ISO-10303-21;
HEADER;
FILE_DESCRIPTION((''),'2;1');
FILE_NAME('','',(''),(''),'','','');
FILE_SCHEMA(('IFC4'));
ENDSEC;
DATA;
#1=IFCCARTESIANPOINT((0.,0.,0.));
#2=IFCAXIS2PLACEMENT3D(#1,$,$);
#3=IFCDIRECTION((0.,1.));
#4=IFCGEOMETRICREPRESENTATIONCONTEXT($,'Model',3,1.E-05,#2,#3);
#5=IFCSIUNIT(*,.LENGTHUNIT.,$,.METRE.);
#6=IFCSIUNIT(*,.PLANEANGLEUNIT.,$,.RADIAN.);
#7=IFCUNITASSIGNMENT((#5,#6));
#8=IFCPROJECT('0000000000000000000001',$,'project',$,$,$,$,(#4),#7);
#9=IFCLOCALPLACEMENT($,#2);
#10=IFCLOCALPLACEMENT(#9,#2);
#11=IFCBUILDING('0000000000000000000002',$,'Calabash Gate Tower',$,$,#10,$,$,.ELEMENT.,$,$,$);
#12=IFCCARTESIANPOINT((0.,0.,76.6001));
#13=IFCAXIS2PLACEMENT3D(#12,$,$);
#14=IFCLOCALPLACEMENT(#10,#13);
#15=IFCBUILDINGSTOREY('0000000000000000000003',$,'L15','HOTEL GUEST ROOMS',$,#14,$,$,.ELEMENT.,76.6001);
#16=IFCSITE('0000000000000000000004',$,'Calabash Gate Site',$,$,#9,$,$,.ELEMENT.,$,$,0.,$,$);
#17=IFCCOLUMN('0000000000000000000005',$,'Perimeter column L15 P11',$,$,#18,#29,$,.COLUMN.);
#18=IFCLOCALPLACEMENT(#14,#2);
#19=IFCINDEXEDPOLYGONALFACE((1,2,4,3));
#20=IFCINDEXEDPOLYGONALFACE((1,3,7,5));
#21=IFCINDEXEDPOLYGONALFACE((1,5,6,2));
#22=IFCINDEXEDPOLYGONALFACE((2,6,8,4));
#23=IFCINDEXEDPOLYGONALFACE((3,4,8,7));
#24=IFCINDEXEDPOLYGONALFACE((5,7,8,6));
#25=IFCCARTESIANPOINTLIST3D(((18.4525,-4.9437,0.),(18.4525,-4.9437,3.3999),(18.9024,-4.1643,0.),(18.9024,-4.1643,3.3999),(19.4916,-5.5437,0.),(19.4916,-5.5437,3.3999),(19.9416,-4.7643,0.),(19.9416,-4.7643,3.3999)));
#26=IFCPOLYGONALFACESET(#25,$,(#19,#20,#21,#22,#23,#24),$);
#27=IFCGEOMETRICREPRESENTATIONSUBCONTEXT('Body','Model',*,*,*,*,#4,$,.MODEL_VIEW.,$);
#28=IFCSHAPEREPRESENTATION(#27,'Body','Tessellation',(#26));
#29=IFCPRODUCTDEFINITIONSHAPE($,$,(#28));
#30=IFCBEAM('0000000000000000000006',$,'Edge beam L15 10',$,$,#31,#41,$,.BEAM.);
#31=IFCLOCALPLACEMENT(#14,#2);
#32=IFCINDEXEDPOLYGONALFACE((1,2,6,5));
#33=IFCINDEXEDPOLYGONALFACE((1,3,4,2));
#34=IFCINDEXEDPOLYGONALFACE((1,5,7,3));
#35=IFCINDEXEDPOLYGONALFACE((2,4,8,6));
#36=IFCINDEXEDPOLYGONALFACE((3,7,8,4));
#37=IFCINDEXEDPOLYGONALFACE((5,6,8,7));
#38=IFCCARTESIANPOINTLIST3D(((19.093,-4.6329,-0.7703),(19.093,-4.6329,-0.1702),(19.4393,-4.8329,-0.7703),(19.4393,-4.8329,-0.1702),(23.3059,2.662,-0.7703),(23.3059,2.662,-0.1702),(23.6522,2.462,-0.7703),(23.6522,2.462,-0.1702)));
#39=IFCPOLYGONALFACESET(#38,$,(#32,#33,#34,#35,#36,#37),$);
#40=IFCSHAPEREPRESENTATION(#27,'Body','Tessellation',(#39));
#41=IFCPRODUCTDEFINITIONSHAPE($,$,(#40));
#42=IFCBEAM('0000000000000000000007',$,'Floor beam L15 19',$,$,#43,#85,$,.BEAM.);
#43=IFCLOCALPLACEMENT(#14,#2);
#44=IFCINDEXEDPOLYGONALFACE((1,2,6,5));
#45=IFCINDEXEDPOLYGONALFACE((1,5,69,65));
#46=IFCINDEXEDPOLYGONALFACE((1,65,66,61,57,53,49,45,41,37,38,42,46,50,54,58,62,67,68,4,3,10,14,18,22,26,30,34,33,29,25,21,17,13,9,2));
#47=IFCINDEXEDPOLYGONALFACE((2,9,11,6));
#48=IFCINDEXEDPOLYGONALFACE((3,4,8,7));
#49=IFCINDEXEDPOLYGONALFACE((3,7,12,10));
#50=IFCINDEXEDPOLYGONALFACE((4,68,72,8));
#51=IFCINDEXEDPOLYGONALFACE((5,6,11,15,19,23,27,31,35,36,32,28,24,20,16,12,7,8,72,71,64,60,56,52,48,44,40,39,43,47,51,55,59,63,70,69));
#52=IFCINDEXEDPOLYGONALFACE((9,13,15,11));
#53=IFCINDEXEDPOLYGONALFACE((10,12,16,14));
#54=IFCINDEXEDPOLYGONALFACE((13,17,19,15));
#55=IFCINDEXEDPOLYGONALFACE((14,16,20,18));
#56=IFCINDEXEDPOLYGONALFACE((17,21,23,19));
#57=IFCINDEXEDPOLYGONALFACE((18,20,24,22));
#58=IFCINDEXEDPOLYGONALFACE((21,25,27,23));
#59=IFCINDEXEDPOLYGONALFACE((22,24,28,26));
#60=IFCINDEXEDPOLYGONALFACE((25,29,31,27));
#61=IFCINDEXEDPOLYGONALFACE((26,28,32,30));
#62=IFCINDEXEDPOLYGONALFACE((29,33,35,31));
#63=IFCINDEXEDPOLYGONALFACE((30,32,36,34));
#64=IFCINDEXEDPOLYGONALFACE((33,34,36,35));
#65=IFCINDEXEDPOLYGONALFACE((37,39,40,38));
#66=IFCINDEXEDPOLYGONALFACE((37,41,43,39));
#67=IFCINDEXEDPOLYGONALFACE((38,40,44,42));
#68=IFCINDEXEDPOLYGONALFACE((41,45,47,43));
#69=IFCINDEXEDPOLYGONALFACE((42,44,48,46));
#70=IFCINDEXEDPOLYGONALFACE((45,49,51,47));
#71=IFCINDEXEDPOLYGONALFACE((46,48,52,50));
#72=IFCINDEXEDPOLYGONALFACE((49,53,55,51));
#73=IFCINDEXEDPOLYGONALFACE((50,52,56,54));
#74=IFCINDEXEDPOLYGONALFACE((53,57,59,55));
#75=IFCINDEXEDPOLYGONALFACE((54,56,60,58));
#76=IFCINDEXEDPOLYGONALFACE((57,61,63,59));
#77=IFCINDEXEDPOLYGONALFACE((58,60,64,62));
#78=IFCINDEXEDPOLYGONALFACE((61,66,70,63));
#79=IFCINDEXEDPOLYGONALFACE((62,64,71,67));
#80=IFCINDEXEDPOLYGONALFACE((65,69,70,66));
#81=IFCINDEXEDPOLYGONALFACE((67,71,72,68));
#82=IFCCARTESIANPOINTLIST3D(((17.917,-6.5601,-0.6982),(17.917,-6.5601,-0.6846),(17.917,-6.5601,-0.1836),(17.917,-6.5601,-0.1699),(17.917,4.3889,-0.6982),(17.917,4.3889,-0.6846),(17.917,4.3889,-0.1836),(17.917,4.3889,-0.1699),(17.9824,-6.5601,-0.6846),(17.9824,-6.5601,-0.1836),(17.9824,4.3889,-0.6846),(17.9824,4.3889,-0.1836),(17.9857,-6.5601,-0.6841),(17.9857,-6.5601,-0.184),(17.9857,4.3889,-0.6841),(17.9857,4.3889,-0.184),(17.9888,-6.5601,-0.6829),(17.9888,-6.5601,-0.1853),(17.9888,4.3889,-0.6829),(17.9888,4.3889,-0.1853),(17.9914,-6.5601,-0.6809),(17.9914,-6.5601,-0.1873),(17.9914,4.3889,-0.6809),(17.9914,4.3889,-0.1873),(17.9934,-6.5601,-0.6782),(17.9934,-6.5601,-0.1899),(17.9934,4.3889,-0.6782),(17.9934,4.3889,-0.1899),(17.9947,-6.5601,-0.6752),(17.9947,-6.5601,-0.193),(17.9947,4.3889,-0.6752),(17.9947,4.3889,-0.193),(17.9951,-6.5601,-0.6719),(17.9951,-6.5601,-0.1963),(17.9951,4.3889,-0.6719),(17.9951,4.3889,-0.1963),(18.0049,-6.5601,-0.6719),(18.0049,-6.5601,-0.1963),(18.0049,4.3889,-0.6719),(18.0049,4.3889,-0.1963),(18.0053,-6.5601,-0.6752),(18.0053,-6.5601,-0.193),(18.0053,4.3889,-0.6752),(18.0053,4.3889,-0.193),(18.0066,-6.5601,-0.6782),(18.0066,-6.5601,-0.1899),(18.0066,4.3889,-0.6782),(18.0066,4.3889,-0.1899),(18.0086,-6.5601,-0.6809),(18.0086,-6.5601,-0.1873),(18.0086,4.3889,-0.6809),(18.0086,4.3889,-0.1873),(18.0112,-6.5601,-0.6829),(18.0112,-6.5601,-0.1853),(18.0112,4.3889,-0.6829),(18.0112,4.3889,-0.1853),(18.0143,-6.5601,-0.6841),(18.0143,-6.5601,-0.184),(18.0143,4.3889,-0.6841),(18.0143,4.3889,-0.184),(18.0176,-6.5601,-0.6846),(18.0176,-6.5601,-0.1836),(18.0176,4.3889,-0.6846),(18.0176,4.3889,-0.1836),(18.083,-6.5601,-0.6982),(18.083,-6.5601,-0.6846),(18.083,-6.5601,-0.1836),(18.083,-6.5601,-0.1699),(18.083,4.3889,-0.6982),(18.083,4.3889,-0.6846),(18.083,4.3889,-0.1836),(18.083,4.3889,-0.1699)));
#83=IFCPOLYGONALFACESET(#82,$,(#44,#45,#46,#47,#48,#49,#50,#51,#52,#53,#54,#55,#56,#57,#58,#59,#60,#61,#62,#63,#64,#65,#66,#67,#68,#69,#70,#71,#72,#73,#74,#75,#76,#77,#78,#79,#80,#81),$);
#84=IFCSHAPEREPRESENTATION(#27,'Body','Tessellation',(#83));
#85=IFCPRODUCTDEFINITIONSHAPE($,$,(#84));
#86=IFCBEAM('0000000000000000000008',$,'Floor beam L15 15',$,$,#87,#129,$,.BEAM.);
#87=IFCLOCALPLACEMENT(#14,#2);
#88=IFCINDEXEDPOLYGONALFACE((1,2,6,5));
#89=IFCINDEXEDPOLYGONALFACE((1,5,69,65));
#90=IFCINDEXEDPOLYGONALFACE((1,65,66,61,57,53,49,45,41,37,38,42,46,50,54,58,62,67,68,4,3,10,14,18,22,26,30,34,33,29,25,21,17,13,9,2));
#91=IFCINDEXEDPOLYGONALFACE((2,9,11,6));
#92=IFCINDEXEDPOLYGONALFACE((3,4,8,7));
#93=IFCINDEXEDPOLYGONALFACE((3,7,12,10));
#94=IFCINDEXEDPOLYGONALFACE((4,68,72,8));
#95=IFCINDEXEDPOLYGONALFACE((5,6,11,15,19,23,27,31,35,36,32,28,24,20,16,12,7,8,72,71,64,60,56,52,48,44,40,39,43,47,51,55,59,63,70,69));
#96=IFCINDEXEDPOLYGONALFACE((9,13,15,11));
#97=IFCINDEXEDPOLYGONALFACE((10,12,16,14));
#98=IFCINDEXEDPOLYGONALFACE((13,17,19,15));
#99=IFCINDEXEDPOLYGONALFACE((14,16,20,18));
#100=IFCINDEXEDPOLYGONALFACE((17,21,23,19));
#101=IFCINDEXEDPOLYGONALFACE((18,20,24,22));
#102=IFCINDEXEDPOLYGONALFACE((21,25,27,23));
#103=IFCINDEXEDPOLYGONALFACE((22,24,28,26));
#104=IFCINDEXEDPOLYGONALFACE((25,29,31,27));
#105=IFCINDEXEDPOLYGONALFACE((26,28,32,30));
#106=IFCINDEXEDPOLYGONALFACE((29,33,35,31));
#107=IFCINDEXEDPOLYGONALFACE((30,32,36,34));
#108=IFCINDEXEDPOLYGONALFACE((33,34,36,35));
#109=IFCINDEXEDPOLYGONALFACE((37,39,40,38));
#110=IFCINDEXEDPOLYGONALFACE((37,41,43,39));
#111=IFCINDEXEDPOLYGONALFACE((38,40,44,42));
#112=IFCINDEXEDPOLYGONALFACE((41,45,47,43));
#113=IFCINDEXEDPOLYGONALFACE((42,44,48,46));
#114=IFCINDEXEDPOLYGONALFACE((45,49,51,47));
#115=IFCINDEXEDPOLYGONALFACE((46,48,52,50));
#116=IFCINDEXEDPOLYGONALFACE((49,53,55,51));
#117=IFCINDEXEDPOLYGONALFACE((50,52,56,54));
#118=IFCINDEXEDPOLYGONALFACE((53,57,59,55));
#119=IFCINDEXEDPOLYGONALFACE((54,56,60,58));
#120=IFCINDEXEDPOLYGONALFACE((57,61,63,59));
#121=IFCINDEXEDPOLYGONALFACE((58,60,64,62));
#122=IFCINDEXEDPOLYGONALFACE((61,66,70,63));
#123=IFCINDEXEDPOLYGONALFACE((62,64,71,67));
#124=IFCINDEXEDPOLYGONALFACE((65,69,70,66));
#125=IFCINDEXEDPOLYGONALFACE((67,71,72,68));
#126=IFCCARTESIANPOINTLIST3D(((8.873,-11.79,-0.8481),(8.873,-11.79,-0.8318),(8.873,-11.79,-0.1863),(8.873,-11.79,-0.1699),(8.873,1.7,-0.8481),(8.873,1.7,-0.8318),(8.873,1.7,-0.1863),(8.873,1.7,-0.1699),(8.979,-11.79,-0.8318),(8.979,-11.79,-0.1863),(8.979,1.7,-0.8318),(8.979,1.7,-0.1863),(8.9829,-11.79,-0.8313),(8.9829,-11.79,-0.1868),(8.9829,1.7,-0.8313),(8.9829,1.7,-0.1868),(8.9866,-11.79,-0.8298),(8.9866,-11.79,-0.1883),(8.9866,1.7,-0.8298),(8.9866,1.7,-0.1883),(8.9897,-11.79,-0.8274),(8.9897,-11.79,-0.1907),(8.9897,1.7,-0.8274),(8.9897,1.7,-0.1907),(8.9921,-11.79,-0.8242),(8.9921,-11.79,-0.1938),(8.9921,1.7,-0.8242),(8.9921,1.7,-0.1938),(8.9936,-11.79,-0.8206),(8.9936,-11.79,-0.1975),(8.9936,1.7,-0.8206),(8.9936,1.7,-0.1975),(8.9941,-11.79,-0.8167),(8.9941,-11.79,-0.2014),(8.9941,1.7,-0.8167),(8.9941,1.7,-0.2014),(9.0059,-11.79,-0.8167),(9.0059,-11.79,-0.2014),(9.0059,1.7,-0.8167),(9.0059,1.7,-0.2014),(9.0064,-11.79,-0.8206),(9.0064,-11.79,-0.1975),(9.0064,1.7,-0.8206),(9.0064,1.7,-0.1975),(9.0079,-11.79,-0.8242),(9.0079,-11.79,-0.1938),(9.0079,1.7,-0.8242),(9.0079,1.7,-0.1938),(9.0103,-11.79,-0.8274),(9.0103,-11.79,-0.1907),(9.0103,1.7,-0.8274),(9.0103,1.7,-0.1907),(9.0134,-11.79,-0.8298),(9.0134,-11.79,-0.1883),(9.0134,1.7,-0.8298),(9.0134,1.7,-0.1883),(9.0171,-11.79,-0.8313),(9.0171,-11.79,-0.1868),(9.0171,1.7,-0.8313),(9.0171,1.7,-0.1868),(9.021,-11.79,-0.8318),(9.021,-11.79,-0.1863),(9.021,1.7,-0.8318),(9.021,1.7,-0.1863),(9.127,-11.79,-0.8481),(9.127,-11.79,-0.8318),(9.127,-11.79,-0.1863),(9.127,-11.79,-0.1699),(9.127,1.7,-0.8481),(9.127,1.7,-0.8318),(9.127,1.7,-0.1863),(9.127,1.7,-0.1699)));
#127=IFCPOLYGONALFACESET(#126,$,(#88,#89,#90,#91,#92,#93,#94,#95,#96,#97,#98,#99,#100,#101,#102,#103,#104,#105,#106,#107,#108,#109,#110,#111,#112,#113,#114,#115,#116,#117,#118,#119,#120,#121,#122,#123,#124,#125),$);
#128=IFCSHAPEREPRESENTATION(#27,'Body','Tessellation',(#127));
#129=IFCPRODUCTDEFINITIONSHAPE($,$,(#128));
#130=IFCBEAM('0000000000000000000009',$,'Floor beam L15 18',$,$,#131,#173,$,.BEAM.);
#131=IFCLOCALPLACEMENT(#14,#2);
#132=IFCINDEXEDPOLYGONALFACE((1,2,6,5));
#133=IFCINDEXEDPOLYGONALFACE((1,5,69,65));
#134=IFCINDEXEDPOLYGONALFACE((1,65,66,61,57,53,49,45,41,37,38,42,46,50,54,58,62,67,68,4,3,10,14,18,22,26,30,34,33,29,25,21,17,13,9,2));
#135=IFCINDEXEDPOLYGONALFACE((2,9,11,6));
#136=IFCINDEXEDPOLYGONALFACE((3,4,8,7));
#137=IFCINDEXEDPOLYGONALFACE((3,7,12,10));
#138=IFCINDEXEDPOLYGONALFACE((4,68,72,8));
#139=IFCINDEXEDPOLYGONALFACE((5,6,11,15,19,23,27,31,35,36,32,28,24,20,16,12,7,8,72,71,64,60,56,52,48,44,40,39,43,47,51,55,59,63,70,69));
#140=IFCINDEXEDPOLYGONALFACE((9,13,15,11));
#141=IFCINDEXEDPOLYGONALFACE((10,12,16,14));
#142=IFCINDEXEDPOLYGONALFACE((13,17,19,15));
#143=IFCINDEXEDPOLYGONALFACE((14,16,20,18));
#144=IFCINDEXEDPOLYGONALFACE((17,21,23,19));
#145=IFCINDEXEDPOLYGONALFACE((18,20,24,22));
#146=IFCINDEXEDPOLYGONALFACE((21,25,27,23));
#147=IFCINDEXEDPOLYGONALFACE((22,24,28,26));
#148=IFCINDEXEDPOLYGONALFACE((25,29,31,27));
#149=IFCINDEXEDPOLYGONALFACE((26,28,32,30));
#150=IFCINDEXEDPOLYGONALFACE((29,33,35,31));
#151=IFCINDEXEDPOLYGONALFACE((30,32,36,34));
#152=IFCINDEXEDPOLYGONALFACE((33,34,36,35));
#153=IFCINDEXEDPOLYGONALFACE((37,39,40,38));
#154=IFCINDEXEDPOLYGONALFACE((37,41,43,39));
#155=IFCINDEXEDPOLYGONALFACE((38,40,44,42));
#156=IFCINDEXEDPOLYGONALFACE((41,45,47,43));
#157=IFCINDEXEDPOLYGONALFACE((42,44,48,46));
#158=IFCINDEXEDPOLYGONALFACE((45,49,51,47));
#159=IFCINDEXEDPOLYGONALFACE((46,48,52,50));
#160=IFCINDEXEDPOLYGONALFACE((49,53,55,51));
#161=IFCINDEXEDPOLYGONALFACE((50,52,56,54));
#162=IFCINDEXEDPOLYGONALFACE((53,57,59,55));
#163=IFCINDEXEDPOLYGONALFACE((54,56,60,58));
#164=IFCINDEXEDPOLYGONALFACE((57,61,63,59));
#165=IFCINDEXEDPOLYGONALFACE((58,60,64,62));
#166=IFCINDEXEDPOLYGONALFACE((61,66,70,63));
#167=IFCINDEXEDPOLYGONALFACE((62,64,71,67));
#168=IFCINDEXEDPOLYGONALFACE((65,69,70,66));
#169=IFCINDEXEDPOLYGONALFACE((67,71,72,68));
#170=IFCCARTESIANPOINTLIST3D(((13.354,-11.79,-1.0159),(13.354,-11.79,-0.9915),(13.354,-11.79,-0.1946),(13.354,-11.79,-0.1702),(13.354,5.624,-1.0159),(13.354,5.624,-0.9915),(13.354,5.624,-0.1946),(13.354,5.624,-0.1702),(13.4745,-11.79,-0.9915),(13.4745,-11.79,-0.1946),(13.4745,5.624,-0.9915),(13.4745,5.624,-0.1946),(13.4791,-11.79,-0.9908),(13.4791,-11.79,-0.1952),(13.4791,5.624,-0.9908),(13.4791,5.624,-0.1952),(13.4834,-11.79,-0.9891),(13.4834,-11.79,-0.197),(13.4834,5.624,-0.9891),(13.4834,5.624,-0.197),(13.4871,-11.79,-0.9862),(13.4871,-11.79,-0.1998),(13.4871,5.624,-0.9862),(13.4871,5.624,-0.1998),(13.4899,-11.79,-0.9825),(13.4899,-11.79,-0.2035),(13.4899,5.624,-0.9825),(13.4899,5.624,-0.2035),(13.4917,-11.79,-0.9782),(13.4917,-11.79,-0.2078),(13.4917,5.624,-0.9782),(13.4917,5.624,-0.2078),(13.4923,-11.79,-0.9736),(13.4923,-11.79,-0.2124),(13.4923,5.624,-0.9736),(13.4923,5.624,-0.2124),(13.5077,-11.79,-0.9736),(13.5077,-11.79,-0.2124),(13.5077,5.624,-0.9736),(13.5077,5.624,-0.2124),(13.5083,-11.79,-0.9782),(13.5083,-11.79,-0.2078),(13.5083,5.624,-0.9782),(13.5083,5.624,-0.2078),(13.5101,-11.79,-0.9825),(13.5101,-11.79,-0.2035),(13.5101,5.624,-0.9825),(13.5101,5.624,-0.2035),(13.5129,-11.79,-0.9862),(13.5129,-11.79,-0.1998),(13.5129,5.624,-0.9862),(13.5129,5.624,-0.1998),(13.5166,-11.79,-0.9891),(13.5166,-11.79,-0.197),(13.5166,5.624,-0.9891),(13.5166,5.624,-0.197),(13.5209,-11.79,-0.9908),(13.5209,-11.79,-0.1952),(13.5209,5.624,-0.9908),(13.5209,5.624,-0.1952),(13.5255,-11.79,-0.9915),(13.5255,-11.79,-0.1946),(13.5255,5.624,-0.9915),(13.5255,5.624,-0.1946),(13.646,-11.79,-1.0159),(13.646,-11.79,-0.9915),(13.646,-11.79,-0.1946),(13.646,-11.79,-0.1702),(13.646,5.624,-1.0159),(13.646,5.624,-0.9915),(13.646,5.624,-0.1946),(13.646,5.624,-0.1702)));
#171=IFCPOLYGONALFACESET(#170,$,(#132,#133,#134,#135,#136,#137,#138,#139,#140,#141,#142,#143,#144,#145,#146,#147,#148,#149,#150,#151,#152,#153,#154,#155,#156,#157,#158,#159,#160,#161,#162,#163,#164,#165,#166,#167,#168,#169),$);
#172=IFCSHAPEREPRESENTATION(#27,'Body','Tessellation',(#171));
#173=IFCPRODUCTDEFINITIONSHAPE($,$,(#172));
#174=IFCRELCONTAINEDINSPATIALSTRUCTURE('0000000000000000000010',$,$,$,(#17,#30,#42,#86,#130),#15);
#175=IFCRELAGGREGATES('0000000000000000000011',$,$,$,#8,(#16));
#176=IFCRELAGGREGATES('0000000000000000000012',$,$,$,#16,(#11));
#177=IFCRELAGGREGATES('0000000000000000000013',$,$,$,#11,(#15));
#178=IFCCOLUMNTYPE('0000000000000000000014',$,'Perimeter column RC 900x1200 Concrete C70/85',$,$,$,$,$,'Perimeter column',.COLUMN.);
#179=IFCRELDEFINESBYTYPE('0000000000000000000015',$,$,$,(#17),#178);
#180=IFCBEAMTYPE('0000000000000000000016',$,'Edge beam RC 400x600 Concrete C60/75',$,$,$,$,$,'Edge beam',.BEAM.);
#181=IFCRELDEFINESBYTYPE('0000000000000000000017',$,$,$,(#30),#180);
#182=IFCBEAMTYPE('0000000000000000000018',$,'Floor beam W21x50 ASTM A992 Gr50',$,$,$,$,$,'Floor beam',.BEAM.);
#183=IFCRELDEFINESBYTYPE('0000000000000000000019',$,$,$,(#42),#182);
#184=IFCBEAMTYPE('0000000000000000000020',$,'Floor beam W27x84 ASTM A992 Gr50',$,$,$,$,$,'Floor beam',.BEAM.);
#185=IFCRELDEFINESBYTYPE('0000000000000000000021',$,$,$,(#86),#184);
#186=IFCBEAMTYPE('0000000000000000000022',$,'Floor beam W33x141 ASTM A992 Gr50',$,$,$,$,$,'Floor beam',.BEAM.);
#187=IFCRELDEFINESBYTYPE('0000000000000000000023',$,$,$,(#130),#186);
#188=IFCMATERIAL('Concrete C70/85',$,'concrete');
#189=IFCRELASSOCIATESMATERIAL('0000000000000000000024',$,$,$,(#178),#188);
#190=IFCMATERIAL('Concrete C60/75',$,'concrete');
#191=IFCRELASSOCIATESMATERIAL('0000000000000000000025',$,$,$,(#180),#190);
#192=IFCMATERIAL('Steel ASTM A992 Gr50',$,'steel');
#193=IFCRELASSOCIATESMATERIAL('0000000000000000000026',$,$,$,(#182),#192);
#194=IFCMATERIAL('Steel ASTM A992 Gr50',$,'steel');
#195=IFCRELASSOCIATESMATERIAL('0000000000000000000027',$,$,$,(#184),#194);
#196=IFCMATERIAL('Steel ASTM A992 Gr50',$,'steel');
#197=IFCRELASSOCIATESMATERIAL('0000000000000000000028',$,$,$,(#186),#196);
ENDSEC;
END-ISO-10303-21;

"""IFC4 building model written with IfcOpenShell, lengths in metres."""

from ifc_helpers import new_model, si_unit, direction, frame, origin, origin_2d, place, context, subcontext, project, spatial, rectangle, i_section, extrude, material, material_profile, profile_set, type_object, element, save


model = new_model("IFC4")

# Units and contexts
model_context = context("Model", 3, precision=1e-05, world=origin(), true_north=direction((0.0, 1.0)))
body_context = subcontext(model_context, "Body", "Model", "MODEL_VIEW")
ifc_project = project(units=[si_unit("LENGTHUNIT", "METRE"), si_unit("PLANEANGLEUNIT", "RADIAN")], contexts=[model_context])

# Site, building, storey
site_placement = place(None, origin())
site = spatial("IfcSite", under=ifc_project, at=site_placement, Name="Calabash Gate Site", CompositionType="ELEMENT", RefElevation=0.0)
building_placement = place(site_placement, origin())
building = spatial("IfcBuilding", under=site, at=building_placement, Name="Calabash Gate Tower", CompositionType="ELEMENT")
storey_placement = place(building_placement, frame((0.0, 0.0, 76.6001)))
storey = spatial("IfcBuildingStorey", under=building, at=storey_placement, Name="L15", Description="HOTEL GUEST ROOMS", CompositionType="ELEMENT", Elevation=76.6001)

# Column
ifc_material_1 = material(Name="Concrete C70/85", Category="concrete")
ifc_material_profile_1 = material_profile(ifc_material_1, rectangle(XDim=0.8999, YDim=1.2, at=origin_2d()))
ifc_profile_set_1 = profile_set([ifc_material_profile_1], Name="Concrete C70/85")
column_type = type_object("IfcColumnType", Name="Perimeter column RC 900x1200 Concrete C70/85", ElementType="Perimeter column", PredefinedType="COLUMN", material=ifc_profile_set_1)
column_placement = place(storey_placement, frame((19.197, -4.854, 0.0), z_axis=(0.0, 0.0, 1.0), x_axis=(0.5, 0.866025, 0.0)))
element("IfcColumn", 1, at=column_placement, inside=storey, type_object=column_type, Name="Perimeter column L15 P11", PredefinedType="COLUMN", context=body_context, shape_type="SweptSolid", body=[
    extrude(rectangle(XDim=0.8999, YDim=1.2, at=origin_2d()), origin(), (0.0, 0.0, 1.0), 3.3999),
])

# Beams
ifc_material_2 = material(Name="Concrete C60/75", Category="concrete")
ifc_material_profile_2 = material_profile(ifc_material_2, rectangle(XDim=0.3999, YDim=0.6001, at=origin_2d()))
ifc_profile_set_2 = profile_set([ifc_material_profile_2], Name="Concrete C60/75")
beam_type_1 = type_object("IfcBeamType", Name="Edge beam RC 400x600 Concrete C60/75", ElementType="Edge beam", PredefinedType="BEAM", material=ifc_profile_set_2)
beam_1_placement = place(storey_placement, frame((19.2661, -4.7329, -0.4702), z_axis=(0.500104, 0.865965, 0.0), x_axis=(-0.865965, 0.500104, 0.0)))
element("IfcBeam", 2, at=beam_1_placement, inside=storey, type_object=beam_type_1, Name="Edge beam L15 10", PredefinedType="BEAM", context=body_context, shape_type="SweptSolid", body=[
    extrude(rectangle(XDim=0.3999, YDim=0.6001, at=origin_2d()), origin(), (0.0, 0.0, 1.0), 8.4241),
])
ifc_material_3 = material(Name="Steel ASTM A992 Gr50", Category="steel")
ifc_material_profile_3 = material_profile(ifc_material_3, i_section(OverallWidth=0.166, OverallDepth=0.5283, WebThickness=0.0098, FlangeThickness=0.0137, FilletRadius=0.0127, at=origin_2d()))
ifc_profile_set_3 = profile_set([ifc_material_profile_3], Name="Steel ASTM A992 Gr50")
beam_type_2 = type_object("IfcBeamType", Name="Floor beam W21x50 ASTM A992 Gr50", ElementType="Floor beam", PredefinedType="BEAM", material=ifc_profile_set_3)
beam_2_placement = place(storey_placement, frame((18.0, -6.5601, -0.4341), z_axis=(0.0, 1.0, 0.0), x_axis=(-1.0, 0.0, 0.0)))
element("IfcBeam", 3, at=beam_2_placement, inside=storey, type_object=beam_type_2, Name="Floor beam L15 19", PredefinedType="BEAM", context=body_context, shape_type="SweptSolid", body=[
    extrude(i_section(OverallWidth=0.166, OverallDepth=0.5283, WebThickness=0.0098, FlangeThickness=0.0137, FilletRadius=0.0127, at=origin_2d()), origin(), (0.0, 0.0, 1.0), 10.949),
])
ifc_material_4 = material(Name="Steel ASTM A992 Gr50", Category="steel")
ifc_material_profile_4 = material_profile(ifc_material_4, i_section(OverallWidth=0.2539, OverallDepth=0.6782, WebThickness=0.0117, FlangeThickness=0.0164, FilletRadius=0.0151, at=origin_2d()))
ifc_profile_set_4 = profile_set([ifc_material_profile_4], Name="Steel ASTM A992 Gr50")
beam_type_3 = type_object("IfcBeamType", Name="Floor beam W27x84 ASTM A992 Gr50", ElementType="Floor beam", PredefinedType="BEAM", material=ifc_profile_set_4)
beam_3_placement = place(storey_placement, frame((9.0, -11.79, -0.509), z_axis=(0.0, 1.0, 0.0), x_axis=(-1.0, 0.0, 0.0)))
element("IfcBeam", 4, at=beam_3_placement, inside=storey, type_object=beam_type_3, Name="Floor beam L15 15", PredefinedType="BEAM", context=body_context, shape_type="SweptSolid", body=[
    extrude(i_section(OverallWidth=0.2539, OverallDepth=0.6782, WebThickness=0.0117, FlangeThickness=0.0164, FilletRadius=0.0151, at=origin_2d()), origin(), (0.0, 0.0, 1.0), 13.49),
])
ifc_material_5 = material(Name="Steel ASTM A992 Gr50", Category="steel")
ifc_material_profile_5 = material_profile(ifc_material_5, i_section(OverallWidth=0.292, OverallDepth=0.8457, WebThickness=0.0154, FlangeThickness=0.0244, FilletRadius=0.0178, at=origin_2d()))
ifc_profile_set_5 = profile_set([ifc_material_profile_5], Name="Steel ASTM A992 Gr50")
beam_type_4 = type_object("IfcBeamType", Name="Floor beam W33x141 ASTM A992 Gr50", ElementType="Floor beam", PredefinedType="BEAM", material=ifc_profile_set_5)
beam_4_placement = place(storey_placement, frame((13.5, -11.79, -0.593), z_axis=(0.0, 1.0, 0.0), x_axis=(-1.0, 0.0, 0.0)))
element("IfcBeam", 5, at=beam_4_placement, inside=storey, type_object=beam_type_4, Name="Floor beam L15 18", PredefinedType="BEAM", context=body_context, shape_type="SweptSolid", body=[
    extrude(i_section(OverallWidth=0.292, OverallDepth=0.8457, WebThickness=0.0154, FlangeThickness=0.0244, FilletRadius=0.0178, at=origin_2d()), origin(), (0.0, 0.0, 1.0), 17.4141),
])

save(model, "model.ifc")
